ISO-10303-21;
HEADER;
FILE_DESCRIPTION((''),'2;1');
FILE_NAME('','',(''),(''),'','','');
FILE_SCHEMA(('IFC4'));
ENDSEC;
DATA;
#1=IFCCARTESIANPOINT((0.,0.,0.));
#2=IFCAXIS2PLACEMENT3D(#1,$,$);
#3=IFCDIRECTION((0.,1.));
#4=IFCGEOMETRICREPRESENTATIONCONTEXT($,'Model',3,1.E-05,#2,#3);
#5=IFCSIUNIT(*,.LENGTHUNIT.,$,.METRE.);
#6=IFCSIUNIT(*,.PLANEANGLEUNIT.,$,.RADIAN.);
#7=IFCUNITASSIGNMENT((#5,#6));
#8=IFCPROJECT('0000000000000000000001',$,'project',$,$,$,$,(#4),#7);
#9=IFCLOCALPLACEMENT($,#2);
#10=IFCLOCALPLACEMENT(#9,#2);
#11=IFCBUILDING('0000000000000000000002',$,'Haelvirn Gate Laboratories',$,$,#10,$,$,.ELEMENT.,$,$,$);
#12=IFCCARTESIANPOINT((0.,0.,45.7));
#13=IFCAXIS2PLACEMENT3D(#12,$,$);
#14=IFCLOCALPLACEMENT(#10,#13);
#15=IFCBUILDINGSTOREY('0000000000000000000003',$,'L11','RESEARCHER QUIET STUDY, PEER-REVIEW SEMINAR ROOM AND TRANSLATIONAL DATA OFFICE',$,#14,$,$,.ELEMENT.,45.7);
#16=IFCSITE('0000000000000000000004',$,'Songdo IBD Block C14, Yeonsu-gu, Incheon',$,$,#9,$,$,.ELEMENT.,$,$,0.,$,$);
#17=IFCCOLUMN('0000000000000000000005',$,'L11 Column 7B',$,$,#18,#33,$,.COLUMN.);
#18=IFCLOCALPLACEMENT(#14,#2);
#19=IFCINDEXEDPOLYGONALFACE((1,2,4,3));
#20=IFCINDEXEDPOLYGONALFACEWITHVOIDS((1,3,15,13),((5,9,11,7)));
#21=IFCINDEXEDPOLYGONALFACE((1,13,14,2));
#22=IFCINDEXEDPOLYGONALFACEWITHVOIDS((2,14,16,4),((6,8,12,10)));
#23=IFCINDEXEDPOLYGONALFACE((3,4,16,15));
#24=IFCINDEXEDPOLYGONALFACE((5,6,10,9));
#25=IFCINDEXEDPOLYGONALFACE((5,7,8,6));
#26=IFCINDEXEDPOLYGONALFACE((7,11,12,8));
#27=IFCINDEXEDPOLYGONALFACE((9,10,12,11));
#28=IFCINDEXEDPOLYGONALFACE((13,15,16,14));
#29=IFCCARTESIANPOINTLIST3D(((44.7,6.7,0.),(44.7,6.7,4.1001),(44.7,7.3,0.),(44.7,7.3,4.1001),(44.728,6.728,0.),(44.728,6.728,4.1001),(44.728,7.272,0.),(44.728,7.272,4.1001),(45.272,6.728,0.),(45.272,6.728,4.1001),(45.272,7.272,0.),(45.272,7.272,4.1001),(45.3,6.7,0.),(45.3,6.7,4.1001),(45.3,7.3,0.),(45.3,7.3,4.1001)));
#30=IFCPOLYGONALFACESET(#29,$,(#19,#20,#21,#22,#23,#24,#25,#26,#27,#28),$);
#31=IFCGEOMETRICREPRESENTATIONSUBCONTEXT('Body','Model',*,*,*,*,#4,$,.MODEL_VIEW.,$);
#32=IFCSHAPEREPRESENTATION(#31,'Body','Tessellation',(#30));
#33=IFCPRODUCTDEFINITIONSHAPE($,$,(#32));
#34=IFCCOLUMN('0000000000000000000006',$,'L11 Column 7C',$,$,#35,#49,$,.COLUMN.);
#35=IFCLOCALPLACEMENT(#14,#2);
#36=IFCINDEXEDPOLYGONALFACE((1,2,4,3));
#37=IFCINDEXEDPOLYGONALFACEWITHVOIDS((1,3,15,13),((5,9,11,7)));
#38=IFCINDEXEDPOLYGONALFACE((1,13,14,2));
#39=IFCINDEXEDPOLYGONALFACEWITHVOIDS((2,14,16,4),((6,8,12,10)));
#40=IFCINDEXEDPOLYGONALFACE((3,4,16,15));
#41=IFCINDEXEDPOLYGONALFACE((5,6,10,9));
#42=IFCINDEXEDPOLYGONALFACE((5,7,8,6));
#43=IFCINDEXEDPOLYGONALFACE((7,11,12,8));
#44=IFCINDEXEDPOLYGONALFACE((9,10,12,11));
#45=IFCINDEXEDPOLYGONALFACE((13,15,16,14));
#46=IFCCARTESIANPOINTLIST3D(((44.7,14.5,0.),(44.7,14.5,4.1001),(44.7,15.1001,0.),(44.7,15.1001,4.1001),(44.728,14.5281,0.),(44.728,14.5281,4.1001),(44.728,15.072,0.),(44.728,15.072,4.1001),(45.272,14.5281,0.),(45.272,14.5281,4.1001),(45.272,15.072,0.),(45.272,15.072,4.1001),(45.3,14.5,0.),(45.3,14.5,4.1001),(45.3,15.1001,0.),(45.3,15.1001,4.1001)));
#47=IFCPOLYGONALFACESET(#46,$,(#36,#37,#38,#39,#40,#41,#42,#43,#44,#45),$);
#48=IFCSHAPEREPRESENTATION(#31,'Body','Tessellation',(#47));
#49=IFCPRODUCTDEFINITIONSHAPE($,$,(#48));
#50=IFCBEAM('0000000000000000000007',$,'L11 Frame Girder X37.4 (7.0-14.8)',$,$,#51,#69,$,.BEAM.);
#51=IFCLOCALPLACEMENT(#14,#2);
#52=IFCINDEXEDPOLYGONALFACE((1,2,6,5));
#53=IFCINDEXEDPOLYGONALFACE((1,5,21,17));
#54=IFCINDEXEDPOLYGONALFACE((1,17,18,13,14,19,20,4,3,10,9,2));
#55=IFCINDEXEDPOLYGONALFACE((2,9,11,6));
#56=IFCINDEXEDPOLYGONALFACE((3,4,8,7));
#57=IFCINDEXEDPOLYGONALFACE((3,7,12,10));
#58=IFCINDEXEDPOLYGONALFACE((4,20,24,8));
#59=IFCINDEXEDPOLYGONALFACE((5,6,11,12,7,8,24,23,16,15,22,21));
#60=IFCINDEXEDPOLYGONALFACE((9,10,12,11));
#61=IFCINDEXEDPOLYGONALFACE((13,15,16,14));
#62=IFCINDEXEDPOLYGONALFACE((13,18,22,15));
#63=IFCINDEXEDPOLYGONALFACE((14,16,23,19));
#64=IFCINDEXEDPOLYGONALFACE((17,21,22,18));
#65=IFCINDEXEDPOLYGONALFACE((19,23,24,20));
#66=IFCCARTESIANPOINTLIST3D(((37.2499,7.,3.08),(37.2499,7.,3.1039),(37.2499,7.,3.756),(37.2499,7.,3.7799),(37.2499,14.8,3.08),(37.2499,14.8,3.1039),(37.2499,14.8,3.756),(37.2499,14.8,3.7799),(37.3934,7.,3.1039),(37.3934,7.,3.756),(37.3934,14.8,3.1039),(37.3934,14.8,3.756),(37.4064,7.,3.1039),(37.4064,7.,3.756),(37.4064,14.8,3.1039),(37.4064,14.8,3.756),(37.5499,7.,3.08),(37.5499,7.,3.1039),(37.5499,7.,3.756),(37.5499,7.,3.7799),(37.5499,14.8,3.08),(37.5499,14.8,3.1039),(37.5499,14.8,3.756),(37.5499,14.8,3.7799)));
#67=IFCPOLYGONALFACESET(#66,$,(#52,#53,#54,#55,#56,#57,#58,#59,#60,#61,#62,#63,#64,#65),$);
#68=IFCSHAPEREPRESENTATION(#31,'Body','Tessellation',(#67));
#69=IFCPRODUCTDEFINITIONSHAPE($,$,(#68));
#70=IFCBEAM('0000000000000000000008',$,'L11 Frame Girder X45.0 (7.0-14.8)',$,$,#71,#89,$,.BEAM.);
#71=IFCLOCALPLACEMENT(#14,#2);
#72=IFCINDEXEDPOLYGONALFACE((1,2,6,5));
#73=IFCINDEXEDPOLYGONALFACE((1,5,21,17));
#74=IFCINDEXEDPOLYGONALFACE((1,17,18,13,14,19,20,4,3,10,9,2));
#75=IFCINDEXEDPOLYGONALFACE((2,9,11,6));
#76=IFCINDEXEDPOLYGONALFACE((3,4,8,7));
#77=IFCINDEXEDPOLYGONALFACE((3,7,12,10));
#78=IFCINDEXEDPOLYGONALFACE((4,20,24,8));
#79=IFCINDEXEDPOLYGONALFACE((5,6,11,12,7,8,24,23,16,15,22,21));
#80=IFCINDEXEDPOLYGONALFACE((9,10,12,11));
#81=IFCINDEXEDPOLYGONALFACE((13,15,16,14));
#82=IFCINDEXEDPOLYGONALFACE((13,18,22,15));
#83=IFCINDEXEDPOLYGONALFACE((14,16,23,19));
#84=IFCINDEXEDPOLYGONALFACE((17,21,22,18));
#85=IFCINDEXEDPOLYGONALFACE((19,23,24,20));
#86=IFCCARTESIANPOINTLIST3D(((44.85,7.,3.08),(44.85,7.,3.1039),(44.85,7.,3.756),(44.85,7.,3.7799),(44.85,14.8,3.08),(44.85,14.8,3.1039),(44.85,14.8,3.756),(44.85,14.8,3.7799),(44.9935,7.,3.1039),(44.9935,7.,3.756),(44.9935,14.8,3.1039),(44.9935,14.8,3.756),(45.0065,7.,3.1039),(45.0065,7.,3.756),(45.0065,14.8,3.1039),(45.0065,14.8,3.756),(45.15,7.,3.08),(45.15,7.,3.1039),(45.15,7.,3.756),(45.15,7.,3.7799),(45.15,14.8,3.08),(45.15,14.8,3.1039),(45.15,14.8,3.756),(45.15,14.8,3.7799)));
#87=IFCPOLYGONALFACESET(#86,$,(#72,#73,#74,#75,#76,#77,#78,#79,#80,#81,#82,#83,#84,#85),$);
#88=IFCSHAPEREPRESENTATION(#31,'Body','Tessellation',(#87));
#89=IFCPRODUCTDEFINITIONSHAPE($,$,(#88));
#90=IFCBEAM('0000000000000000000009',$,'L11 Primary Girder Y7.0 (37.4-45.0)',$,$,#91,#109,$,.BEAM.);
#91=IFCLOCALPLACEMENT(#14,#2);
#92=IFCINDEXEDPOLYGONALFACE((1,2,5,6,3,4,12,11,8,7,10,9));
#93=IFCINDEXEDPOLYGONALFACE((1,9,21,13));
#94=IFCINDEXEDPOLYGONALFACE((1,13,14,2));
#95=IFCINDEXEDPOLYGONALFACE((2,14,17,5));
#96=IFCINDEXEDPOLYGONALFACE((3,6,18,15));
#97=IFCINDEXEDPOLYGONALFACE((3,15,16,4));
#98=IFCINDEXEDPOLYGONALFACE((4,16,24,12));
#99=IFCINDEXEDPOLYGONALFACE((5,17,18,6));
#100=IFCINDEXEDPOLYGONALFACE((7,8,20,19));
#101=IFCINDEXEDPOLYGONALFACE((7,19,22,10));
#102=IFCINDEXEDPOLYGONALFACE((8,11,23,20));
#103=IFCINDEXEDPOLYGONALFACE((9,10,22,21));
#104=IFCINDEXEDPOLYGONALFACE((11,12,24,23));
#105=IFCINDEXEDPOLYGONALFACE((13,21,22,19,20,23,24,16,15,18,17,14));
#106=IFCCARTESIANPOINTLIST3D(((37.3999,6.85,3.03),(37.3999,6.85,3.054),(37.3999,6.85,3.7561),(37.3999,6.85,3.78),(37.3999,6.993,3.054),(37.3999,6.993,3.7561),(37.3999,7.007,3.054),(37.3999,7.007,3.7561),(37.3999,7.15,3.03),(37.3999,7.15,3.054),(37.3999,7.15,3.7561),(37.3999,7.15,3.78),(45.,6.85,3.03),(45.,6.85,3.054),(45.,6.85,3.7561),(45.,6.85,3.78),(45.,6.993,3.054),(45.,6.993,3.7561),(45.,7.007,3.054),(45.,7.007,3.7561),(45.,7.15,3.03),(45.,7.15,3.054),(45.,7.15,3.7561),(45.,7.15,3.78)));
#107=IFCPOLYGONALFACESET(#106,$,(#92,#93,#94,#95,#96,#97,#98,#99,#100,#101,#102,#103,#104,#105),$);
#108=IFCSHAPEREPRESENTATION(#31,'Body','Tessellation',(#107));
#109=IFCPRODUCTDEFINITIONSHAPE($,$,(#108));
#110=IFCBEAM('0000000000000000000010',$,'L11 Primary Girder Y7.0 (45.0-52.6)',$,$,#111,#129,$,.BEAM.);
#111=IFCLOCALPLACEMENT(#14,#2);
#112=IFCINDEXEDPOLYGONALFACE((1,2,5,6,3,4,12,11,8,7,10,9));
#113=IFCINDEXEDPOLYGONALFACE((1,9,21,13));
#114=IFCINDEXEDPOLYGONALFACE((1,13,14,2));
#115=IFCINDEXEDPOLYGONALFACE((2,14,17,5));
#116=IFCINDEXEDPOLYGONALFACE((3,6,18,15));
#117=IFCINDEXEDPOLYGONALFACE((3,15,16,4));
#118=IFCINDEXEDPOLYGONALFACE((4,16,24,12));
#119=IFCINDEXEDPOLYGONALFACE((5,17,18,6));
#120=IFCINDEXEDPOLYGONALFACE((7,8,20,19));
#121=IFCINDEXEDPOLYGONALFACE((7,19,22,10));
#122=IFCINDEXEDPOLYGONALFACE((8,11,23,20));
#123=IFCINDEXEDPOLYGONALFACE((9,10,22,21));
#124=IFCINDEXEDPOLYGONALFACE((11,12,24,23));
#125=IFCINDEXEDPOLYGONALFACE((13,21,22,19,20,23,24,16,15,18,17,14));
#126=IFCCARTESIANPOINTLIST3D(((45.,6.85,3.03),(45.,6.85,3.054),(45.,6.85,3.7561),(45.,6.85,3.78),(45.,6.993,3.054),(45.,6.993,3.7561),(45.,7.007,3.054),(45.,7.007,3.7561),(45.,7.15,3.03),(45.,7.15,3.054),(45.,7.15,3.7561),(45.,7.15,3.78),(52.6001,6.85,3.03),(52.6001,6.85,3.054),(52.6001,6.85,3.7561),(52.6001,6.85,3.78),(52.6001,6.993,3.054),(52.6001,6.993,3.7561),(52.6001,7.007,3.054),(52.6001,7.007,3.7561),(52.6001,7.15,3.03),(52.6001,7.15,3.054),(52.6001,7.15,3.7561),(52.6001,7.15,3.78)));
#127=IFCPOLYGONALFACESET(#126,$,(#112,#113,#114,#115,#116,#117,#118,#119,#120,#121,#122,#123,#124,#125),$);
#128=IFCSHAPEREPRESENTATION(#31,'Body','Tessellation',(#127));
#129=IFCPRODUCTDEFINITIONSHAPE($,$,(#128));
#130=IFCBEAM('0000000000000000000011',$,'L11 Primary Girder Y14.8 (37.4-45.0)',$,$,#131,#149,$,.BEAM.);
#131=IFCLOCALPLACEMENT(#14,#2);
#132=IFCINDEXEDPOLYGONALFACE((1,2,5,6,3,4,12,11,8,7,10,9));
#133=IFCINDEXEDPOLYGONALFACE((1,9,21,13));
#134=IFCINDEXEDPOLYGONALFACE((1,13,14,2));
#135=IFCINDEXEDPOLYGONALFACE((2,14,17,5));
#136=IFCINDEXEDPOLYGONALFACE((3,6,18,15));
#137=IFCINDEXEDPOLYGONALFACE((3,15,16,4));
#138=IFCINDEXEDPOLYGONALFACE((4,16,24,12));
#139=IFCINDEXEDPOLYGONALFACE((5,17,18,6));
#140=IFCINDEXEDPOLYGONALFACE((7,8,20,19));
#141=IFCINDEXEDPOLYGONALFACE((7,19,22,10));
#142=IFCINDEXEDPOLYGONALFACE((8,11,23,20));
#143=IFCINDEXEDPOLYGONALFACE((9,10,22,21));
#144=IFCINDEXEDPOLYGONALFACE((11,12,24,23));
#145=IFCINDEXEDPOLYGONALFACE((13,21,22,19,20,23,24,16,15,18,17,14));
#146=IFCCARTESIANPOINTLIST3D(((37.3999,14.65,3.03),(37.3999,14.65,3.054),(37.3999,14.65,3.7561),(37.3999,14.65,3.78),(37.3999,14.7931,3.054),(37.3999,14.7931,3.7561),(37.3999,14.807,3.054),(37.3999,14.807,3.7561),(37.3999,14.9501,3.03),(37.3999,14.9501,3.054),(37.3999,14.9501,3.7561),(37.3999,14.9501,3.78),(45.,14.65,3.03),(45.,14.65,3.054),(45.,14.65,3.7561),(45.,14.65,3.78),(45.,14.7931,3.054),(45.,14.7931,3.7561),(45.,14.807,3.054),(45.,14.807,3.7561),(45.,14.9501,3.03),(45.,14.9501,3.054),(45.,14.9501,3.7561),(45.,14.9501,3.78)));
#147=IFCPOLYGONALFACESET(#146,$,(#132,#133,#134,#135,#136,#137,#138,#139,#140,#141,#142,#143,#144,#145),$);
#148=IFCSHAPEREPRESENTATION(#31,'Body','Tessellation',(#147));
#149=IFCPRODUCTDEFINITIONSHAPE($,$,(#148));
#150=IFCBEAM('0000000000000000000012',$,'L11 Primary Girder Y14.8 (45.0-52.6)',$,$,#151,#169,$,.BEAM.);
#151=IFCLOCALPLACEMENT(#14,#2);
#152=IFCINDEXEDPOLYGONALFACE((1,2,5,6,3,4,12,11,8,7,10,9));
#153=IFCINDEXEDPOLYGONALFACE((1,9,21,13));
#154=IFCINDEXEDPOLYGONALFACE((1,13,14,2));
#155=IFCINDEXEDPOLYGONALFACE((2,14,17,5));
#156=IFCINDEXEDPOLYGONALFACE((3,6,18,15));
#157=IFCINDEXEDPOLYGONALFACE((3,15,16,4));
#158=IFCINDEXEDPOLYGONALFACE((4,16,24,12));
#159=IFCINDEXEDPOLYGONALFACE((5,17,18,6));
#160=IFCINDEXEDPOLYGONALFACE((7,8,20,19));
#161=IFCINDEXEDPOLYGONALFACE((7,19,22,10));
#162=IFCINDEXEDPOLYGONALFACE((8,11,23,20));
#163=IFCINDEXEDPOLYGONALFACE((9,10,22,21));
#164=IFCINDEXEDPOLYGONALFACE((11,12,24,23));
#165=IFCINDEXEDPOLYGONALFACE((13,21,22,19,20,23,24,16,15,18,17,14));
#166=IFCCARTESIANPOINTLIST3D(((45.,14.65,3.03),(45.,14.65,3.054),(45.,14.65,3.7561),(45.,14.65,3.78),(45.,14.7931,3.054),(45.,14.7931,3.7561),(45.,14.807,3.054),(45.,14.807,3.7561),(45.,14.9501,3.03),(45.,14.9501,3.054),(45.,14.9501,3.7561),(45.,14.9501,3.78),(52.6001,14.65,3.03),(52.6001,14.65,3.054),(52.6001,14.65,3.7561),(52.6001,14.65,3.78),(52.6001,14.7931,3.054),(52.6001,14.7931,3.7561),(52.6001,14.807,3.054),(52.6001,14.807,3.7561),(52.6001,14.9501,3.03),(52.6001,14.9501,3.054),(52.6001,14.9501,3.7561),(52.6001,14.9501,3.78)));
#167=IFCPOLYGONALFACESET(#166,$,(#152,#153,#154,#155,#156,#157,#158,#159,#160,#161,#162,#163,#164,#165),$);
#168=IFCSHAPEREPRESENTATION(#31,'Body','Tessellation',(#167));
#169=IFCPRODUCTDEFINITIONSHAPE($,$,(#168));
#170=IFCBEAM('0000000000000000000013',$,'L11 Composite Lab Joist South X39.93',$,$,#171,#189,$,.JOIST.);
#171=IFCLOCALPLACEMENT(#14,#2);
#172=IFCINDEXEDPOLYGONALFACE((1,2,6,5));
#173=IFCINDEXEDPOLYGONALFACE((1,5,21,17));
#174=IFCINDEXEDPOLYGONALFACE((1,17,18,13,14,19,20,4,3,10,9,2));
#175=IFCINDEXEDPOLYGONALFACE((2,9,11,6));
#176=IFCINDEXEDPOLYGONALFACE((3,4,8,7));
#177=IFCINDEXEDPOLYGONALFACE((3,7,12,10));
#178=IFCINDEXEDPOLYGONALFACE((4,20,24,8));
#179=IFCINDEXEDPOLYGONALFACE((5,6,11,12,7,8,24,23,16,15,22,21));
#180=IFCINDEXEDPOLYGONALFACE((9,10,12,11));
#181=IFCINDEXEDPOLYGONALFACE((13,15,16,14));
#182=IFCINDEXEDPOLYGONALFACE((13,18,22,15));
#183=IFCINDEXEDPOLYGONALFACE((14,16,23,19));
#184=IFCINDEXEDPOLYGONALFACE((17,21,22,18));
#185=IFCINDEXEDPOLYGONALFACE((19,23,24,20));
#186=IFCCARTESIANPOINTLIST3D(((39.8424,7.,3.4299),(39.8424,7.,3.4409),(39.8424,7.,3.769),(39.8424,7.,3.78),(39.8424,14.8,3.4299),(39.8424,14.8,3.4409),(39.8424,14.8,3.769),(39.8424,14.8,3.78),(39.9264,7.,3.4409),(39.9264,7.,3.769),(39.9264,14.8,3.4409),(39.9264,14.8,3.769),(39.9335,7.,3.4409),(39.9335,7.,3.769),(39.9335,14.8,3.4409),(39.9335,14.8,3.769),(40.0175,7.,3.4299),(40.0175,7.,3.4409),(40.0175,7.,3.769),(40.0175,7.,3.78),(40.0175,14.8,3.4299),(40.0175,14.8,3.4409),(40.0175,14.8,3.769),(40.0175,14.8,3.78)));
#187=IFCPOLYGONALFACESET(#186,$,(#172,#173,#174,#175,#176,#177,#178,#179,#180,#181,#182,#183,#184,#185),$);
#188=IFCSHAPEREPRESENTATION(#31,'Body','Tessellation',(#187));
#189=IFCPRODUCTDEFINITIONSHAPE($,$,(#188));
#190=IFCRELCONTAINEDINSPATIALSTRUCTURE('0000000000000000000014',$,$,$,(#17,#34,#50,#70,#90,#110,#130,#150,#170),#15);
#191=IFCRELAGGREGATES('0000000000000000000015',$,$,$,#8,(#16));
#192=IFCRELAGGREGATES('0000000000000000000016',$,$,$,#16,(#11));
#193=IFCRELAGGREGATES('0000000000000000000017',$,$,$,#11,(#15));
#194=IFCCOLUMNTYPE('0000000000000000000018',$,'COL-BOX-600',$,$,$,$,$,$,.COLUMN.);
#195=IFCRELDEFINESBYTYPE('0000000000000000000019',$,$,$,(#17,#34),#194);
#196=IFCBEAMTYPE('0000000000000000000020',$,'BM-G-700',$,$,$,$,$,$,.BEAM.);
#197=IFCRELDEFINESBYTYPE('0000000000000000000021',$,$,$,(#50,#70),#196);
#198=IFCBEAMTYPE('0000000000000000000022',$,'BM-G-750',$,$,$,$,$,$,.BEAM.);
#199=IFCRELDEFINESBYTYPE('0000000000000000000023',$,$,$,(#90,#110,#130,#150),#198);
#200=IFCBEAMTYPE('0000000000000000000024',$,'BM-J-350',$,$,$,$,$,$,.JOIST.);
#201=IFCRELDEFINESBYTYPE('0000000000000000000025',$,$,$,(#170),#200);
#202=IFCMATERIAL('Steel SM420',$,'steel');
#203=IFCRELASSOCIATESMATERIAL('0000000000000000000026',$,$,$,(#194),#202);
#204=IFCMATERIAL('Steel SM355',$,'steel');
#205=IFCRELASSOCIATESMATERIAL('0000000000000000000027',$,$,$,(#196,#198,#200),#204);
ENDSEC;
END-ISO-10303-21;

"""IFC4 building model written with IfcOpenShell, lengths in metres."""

from ifc_helpers import new_model, si_unit, direction, frame, origin, origin_2d, place, context, subcontext, project, spatial, hollow_rectangle, i_section, extrude, source, transform, mapped, material, material_profile, profile_set, type_object, type_shapes, element, save


model = new_model("IFC4")

# Units and contexts
model_context = context("Model", 3, precision=1e-05, world=origin(), true_north=direction((0.0, 1.0)))
body_context = subcontext(model_context, "Body", "Model", "MODEL_VIEW")
ifc_project = project(units=[si_unit("LENGTHUNIT", "METRE"), si_unit("PLANEANGLEUNIT", "RADIAN")], contexts=[model_context])

# Site, building, storey
site_placement = place(None, origin())
site = spatial("IfcSite", under=ifc_project, at=site_placement, Name="Songdo IBD Block C14, Yeonsu-gu, Incheon", CompositionType="ELEMENT", RefElevation=0.0)
building_placement = place(site_placement, origin())
building = spatial("IfcBuilding", under=site, at=building_placement, Name="Haelvirn Gate Laboratories", CompositionType="ELEMENT")
storey_placement = place(building_placement, frame((0.0, 0.0, 45.7)))
storey = spatial("IfcBuildingStorey", under=building, at=storey_placement, Name="L11", Description="RESEARCHER QUIET STUDY, PEER-REVIEW SEMINAR ROOM AND TRANSLATIONAL DATA OFFICE", CompositionType="ELEMENT", Elevation=45.7)

# Columns
ifc_material_1 = material(Name="Steel SM420", Category="steel")
ifc_material_profile_1 = material_profile(ifc_material_1, hollow_rectangle(XDim=0.6001, YDim=0.6001, WallThickness=0.0281, at=origin_2d()), Name="BOX-600x600x28")
ifc_profile_set_1 = profile_set([ifc_material_profile_1], Name="Steel SM420")
column_type = type_object("IfcColumnType", Name="COL-BOX-600", PredefinedType="COLUMN", material=ifc_profile_set_1)
shared_shape_1 = source(origin(), body_context, "Body", "SweptSolid", [
    extrude(hollow_rectangle(XDim=0.6001, YDim=0.6001, WallThickness=0.0281, at=origin_2d()), origin(), (0.0, 0.0, 1.0), 4.1001),
])
type_shapes(column_type, [shared_shape_1])
for number, where, z_axis, x_axis, name in (
    (1, (45.0, 7.0, 0.0), (0.0, 0.0, 1.0), (1.0, 0.0, 0.0), "L11 Column 7B"),
    (2, (45.0, 14.8, 0.0), (0.0, 0.0, 1.0), (1.0, 0.0, 0.0), "L11 Column 7C"),
):
    element("IfcColumn", number, at=place(storey_placement, frame(where, z_axis=z_axis, x_axis=x_axis)), inside=storey, type_object=column_type, Name=name, PredefinedType="COLUMN", context=body_context, shape_type="MappedRepresentation", body=[
        mapped(shared_shape_1, transform((0.0, 0.0, 0.0), scale=1.0)),
    ])

# Beams
ifc_material_2 = material(Name="Steel SM355", Category="steel")
ifc_material_profile_2 = material_profile(ifc_material_2, i_section(OverallWidth=0.3, OverallDepth=0.7, WebThickness=0.0129, FlangeThickness=0.0239, at=origin_2d()), Name="H-700x300x13x24")
ifc_profile_set_2 = profile_set([ifc_material_profile_2], Name="Steel SM355")
beam_type_1 = type_object("IfcBeamType", Name="BM-G-700", PredefinedType="BEAM", material=ifc_profile_set_2)
shared_shape_2 = source(origin(), body_context, "Body", "SweptSolid", [
    extrude(i_section(OverallWidth=0.3, OverallDepth=0.7, WebThickness=0.0129, FlangeThickness=0.0239, at=origin_2d()), origin(), (0.0, 0.0, 1.0), 7.8),
])
type_shapes(beam_type_1, [shared_shape_2])
for number, where, z_axis, x_axis, name in (
    (3, (37.3999, 7.0, 3.4299), (0.0, 1.0, 0.0), (-1.0, 0.0, 0.0), "L11 Frame Girder X37.4 (7.0-14.8)"),
    (4, (45.0, 7.0, 3.4299), (0.0, 1.0, 0.0), (-1.0, 0.0, 0.0), "L11 Frame Girder X45.0 (7.0-14.8)"),
):
    element("IfcBeam", number, at=place(storey_placement, frame(where, z_axis=z_axis, x_axis=x_axis)), inside=storey, type_object=beam_type_1, Name=name, PredefinedType="BEAM", context=body_context, shape_type="MappedRepresentation", body=[
        mapped(shared_shape_2, transform((0.0, 0.0, 0.0), scale=1.0)),
    ])
ifc_material_profile_3 = material_profile(ifc_material_2, i_section(OverallWidth=0.3, OverallDepth=0.75, WebThickness=0.0139, FlangeThickness=0.0239, at=origin_2d()), Name="H-750x300x14x24")
ifc_profile_set_3 = profile_set([ifc_material_profile_3], Name="Steel SM355")
beam_type_2 = type_object("IfcBeamType", Name="BM-G-750", PredefinedType="BEAM", material=ifc_profile_set_3)
shared_shape_3 = source(origin(), body_context, "Body", "SweptSolid", [
    extrude(i_section(OverallWidth=0.3, OverallDepth=0.75, WebThickness=0.0139, FlangeThickness=0.0239, at=origin_2d()), origin(), (0.0, 0.0, 1.0), 7.6001),
])
type_shapes(beam_type_2, [shared_shape_3])
for number, where, z_axis, x_axis, name in (
    (5, (37.3999, 7.0, 3.405), (1.0, 0.0, 0.0), (0.0, 1.0, 0.0), "L11 Primary Girder Y7.0 (37.4-45.0)"),
    (6, (45.0, 7.0, 3.405), (1.0, 0.0, 0.0), (0.0, 1.0, 0.0), "L11 Primary Girder Y7.0 (45.0-52.6)"),
    (7, (37.3999, 14.8, 3.405), (1.0, 0.0, 0.0), (0.0, 1.0, 0.0), "L11 Primary Girder Y14.8 (37.4-45.0)"),
    (8, (45.0, 14.8, 3.405), (1.0, 0.0, 0.0), (0.0, 1.0, 0.0), "L11 Primary Girder Y14.8 (45.0-52.6)"),
):
    element("IfcBeam", number, at=place(storey_placement, frame(where, z_axis=z_axis, x_axis=x_axis)), inside=storey, type_object=beam_type_2, Name=name, PredefinedType="BEAM", context=body_context, shape_type="MappedRepresentation", body=[
        mapped(shared_shape_3, transform((0.0, 0.0, 0.0), scale=1.0)),
    ])
ifc_material_profile_4 = material_profile(ifc_material_2, i_section(OverallWidth=0.175, OverallDepth=0.3501, WebThickness=0.0071, FlangeThickness=0.011, at=origin_2d()), Name="H-350x175x7x11")
ifc_profile_set_4 = profile_set([ifc_material_profile_4], Name="Steel SM355")
beam_type_3 = type_object("IfcBeamType", Name="BM-J-350", PredefinedType="JOIST", material=ifc_profile_set_4)
shared_shape_4 = source(origin(), body_context, "Body", "SweptSolid", [
    extrude(i_section(OverallWidth=0.175, OverallDepth=0.3501, WebThickness=0.0071, FlangeThickness=0.011, at=origin_2d()), origin(), (0.0, 0.0, 1.0), 7.8),
])
type_shapes(beam_type_3, [shared_shape_4])
for number, where, z_axis, x_axis, name in (
    (9, (39.9299, 7.0, 3.605), (0.0, 1.0, 0.0), (-1.0, 0.0, 0.0), "L11 Composite Lab Joist South X39.93"),
):
    element("IfcBeam", number, at=place(storey_placement, frame(where, z_axis=z_axis, x_axis=x_axis)), inside=storey, type_object=beam_type_3, Name=name, PredefinedType="JOIST", context=body_context, shape_type="MappedRepresentation", body=[
        mapped(shared_shape_4, transform((0.0, 0.0, 0.0), scale=1.0)),
    ])

save(model, "model.ifc")
